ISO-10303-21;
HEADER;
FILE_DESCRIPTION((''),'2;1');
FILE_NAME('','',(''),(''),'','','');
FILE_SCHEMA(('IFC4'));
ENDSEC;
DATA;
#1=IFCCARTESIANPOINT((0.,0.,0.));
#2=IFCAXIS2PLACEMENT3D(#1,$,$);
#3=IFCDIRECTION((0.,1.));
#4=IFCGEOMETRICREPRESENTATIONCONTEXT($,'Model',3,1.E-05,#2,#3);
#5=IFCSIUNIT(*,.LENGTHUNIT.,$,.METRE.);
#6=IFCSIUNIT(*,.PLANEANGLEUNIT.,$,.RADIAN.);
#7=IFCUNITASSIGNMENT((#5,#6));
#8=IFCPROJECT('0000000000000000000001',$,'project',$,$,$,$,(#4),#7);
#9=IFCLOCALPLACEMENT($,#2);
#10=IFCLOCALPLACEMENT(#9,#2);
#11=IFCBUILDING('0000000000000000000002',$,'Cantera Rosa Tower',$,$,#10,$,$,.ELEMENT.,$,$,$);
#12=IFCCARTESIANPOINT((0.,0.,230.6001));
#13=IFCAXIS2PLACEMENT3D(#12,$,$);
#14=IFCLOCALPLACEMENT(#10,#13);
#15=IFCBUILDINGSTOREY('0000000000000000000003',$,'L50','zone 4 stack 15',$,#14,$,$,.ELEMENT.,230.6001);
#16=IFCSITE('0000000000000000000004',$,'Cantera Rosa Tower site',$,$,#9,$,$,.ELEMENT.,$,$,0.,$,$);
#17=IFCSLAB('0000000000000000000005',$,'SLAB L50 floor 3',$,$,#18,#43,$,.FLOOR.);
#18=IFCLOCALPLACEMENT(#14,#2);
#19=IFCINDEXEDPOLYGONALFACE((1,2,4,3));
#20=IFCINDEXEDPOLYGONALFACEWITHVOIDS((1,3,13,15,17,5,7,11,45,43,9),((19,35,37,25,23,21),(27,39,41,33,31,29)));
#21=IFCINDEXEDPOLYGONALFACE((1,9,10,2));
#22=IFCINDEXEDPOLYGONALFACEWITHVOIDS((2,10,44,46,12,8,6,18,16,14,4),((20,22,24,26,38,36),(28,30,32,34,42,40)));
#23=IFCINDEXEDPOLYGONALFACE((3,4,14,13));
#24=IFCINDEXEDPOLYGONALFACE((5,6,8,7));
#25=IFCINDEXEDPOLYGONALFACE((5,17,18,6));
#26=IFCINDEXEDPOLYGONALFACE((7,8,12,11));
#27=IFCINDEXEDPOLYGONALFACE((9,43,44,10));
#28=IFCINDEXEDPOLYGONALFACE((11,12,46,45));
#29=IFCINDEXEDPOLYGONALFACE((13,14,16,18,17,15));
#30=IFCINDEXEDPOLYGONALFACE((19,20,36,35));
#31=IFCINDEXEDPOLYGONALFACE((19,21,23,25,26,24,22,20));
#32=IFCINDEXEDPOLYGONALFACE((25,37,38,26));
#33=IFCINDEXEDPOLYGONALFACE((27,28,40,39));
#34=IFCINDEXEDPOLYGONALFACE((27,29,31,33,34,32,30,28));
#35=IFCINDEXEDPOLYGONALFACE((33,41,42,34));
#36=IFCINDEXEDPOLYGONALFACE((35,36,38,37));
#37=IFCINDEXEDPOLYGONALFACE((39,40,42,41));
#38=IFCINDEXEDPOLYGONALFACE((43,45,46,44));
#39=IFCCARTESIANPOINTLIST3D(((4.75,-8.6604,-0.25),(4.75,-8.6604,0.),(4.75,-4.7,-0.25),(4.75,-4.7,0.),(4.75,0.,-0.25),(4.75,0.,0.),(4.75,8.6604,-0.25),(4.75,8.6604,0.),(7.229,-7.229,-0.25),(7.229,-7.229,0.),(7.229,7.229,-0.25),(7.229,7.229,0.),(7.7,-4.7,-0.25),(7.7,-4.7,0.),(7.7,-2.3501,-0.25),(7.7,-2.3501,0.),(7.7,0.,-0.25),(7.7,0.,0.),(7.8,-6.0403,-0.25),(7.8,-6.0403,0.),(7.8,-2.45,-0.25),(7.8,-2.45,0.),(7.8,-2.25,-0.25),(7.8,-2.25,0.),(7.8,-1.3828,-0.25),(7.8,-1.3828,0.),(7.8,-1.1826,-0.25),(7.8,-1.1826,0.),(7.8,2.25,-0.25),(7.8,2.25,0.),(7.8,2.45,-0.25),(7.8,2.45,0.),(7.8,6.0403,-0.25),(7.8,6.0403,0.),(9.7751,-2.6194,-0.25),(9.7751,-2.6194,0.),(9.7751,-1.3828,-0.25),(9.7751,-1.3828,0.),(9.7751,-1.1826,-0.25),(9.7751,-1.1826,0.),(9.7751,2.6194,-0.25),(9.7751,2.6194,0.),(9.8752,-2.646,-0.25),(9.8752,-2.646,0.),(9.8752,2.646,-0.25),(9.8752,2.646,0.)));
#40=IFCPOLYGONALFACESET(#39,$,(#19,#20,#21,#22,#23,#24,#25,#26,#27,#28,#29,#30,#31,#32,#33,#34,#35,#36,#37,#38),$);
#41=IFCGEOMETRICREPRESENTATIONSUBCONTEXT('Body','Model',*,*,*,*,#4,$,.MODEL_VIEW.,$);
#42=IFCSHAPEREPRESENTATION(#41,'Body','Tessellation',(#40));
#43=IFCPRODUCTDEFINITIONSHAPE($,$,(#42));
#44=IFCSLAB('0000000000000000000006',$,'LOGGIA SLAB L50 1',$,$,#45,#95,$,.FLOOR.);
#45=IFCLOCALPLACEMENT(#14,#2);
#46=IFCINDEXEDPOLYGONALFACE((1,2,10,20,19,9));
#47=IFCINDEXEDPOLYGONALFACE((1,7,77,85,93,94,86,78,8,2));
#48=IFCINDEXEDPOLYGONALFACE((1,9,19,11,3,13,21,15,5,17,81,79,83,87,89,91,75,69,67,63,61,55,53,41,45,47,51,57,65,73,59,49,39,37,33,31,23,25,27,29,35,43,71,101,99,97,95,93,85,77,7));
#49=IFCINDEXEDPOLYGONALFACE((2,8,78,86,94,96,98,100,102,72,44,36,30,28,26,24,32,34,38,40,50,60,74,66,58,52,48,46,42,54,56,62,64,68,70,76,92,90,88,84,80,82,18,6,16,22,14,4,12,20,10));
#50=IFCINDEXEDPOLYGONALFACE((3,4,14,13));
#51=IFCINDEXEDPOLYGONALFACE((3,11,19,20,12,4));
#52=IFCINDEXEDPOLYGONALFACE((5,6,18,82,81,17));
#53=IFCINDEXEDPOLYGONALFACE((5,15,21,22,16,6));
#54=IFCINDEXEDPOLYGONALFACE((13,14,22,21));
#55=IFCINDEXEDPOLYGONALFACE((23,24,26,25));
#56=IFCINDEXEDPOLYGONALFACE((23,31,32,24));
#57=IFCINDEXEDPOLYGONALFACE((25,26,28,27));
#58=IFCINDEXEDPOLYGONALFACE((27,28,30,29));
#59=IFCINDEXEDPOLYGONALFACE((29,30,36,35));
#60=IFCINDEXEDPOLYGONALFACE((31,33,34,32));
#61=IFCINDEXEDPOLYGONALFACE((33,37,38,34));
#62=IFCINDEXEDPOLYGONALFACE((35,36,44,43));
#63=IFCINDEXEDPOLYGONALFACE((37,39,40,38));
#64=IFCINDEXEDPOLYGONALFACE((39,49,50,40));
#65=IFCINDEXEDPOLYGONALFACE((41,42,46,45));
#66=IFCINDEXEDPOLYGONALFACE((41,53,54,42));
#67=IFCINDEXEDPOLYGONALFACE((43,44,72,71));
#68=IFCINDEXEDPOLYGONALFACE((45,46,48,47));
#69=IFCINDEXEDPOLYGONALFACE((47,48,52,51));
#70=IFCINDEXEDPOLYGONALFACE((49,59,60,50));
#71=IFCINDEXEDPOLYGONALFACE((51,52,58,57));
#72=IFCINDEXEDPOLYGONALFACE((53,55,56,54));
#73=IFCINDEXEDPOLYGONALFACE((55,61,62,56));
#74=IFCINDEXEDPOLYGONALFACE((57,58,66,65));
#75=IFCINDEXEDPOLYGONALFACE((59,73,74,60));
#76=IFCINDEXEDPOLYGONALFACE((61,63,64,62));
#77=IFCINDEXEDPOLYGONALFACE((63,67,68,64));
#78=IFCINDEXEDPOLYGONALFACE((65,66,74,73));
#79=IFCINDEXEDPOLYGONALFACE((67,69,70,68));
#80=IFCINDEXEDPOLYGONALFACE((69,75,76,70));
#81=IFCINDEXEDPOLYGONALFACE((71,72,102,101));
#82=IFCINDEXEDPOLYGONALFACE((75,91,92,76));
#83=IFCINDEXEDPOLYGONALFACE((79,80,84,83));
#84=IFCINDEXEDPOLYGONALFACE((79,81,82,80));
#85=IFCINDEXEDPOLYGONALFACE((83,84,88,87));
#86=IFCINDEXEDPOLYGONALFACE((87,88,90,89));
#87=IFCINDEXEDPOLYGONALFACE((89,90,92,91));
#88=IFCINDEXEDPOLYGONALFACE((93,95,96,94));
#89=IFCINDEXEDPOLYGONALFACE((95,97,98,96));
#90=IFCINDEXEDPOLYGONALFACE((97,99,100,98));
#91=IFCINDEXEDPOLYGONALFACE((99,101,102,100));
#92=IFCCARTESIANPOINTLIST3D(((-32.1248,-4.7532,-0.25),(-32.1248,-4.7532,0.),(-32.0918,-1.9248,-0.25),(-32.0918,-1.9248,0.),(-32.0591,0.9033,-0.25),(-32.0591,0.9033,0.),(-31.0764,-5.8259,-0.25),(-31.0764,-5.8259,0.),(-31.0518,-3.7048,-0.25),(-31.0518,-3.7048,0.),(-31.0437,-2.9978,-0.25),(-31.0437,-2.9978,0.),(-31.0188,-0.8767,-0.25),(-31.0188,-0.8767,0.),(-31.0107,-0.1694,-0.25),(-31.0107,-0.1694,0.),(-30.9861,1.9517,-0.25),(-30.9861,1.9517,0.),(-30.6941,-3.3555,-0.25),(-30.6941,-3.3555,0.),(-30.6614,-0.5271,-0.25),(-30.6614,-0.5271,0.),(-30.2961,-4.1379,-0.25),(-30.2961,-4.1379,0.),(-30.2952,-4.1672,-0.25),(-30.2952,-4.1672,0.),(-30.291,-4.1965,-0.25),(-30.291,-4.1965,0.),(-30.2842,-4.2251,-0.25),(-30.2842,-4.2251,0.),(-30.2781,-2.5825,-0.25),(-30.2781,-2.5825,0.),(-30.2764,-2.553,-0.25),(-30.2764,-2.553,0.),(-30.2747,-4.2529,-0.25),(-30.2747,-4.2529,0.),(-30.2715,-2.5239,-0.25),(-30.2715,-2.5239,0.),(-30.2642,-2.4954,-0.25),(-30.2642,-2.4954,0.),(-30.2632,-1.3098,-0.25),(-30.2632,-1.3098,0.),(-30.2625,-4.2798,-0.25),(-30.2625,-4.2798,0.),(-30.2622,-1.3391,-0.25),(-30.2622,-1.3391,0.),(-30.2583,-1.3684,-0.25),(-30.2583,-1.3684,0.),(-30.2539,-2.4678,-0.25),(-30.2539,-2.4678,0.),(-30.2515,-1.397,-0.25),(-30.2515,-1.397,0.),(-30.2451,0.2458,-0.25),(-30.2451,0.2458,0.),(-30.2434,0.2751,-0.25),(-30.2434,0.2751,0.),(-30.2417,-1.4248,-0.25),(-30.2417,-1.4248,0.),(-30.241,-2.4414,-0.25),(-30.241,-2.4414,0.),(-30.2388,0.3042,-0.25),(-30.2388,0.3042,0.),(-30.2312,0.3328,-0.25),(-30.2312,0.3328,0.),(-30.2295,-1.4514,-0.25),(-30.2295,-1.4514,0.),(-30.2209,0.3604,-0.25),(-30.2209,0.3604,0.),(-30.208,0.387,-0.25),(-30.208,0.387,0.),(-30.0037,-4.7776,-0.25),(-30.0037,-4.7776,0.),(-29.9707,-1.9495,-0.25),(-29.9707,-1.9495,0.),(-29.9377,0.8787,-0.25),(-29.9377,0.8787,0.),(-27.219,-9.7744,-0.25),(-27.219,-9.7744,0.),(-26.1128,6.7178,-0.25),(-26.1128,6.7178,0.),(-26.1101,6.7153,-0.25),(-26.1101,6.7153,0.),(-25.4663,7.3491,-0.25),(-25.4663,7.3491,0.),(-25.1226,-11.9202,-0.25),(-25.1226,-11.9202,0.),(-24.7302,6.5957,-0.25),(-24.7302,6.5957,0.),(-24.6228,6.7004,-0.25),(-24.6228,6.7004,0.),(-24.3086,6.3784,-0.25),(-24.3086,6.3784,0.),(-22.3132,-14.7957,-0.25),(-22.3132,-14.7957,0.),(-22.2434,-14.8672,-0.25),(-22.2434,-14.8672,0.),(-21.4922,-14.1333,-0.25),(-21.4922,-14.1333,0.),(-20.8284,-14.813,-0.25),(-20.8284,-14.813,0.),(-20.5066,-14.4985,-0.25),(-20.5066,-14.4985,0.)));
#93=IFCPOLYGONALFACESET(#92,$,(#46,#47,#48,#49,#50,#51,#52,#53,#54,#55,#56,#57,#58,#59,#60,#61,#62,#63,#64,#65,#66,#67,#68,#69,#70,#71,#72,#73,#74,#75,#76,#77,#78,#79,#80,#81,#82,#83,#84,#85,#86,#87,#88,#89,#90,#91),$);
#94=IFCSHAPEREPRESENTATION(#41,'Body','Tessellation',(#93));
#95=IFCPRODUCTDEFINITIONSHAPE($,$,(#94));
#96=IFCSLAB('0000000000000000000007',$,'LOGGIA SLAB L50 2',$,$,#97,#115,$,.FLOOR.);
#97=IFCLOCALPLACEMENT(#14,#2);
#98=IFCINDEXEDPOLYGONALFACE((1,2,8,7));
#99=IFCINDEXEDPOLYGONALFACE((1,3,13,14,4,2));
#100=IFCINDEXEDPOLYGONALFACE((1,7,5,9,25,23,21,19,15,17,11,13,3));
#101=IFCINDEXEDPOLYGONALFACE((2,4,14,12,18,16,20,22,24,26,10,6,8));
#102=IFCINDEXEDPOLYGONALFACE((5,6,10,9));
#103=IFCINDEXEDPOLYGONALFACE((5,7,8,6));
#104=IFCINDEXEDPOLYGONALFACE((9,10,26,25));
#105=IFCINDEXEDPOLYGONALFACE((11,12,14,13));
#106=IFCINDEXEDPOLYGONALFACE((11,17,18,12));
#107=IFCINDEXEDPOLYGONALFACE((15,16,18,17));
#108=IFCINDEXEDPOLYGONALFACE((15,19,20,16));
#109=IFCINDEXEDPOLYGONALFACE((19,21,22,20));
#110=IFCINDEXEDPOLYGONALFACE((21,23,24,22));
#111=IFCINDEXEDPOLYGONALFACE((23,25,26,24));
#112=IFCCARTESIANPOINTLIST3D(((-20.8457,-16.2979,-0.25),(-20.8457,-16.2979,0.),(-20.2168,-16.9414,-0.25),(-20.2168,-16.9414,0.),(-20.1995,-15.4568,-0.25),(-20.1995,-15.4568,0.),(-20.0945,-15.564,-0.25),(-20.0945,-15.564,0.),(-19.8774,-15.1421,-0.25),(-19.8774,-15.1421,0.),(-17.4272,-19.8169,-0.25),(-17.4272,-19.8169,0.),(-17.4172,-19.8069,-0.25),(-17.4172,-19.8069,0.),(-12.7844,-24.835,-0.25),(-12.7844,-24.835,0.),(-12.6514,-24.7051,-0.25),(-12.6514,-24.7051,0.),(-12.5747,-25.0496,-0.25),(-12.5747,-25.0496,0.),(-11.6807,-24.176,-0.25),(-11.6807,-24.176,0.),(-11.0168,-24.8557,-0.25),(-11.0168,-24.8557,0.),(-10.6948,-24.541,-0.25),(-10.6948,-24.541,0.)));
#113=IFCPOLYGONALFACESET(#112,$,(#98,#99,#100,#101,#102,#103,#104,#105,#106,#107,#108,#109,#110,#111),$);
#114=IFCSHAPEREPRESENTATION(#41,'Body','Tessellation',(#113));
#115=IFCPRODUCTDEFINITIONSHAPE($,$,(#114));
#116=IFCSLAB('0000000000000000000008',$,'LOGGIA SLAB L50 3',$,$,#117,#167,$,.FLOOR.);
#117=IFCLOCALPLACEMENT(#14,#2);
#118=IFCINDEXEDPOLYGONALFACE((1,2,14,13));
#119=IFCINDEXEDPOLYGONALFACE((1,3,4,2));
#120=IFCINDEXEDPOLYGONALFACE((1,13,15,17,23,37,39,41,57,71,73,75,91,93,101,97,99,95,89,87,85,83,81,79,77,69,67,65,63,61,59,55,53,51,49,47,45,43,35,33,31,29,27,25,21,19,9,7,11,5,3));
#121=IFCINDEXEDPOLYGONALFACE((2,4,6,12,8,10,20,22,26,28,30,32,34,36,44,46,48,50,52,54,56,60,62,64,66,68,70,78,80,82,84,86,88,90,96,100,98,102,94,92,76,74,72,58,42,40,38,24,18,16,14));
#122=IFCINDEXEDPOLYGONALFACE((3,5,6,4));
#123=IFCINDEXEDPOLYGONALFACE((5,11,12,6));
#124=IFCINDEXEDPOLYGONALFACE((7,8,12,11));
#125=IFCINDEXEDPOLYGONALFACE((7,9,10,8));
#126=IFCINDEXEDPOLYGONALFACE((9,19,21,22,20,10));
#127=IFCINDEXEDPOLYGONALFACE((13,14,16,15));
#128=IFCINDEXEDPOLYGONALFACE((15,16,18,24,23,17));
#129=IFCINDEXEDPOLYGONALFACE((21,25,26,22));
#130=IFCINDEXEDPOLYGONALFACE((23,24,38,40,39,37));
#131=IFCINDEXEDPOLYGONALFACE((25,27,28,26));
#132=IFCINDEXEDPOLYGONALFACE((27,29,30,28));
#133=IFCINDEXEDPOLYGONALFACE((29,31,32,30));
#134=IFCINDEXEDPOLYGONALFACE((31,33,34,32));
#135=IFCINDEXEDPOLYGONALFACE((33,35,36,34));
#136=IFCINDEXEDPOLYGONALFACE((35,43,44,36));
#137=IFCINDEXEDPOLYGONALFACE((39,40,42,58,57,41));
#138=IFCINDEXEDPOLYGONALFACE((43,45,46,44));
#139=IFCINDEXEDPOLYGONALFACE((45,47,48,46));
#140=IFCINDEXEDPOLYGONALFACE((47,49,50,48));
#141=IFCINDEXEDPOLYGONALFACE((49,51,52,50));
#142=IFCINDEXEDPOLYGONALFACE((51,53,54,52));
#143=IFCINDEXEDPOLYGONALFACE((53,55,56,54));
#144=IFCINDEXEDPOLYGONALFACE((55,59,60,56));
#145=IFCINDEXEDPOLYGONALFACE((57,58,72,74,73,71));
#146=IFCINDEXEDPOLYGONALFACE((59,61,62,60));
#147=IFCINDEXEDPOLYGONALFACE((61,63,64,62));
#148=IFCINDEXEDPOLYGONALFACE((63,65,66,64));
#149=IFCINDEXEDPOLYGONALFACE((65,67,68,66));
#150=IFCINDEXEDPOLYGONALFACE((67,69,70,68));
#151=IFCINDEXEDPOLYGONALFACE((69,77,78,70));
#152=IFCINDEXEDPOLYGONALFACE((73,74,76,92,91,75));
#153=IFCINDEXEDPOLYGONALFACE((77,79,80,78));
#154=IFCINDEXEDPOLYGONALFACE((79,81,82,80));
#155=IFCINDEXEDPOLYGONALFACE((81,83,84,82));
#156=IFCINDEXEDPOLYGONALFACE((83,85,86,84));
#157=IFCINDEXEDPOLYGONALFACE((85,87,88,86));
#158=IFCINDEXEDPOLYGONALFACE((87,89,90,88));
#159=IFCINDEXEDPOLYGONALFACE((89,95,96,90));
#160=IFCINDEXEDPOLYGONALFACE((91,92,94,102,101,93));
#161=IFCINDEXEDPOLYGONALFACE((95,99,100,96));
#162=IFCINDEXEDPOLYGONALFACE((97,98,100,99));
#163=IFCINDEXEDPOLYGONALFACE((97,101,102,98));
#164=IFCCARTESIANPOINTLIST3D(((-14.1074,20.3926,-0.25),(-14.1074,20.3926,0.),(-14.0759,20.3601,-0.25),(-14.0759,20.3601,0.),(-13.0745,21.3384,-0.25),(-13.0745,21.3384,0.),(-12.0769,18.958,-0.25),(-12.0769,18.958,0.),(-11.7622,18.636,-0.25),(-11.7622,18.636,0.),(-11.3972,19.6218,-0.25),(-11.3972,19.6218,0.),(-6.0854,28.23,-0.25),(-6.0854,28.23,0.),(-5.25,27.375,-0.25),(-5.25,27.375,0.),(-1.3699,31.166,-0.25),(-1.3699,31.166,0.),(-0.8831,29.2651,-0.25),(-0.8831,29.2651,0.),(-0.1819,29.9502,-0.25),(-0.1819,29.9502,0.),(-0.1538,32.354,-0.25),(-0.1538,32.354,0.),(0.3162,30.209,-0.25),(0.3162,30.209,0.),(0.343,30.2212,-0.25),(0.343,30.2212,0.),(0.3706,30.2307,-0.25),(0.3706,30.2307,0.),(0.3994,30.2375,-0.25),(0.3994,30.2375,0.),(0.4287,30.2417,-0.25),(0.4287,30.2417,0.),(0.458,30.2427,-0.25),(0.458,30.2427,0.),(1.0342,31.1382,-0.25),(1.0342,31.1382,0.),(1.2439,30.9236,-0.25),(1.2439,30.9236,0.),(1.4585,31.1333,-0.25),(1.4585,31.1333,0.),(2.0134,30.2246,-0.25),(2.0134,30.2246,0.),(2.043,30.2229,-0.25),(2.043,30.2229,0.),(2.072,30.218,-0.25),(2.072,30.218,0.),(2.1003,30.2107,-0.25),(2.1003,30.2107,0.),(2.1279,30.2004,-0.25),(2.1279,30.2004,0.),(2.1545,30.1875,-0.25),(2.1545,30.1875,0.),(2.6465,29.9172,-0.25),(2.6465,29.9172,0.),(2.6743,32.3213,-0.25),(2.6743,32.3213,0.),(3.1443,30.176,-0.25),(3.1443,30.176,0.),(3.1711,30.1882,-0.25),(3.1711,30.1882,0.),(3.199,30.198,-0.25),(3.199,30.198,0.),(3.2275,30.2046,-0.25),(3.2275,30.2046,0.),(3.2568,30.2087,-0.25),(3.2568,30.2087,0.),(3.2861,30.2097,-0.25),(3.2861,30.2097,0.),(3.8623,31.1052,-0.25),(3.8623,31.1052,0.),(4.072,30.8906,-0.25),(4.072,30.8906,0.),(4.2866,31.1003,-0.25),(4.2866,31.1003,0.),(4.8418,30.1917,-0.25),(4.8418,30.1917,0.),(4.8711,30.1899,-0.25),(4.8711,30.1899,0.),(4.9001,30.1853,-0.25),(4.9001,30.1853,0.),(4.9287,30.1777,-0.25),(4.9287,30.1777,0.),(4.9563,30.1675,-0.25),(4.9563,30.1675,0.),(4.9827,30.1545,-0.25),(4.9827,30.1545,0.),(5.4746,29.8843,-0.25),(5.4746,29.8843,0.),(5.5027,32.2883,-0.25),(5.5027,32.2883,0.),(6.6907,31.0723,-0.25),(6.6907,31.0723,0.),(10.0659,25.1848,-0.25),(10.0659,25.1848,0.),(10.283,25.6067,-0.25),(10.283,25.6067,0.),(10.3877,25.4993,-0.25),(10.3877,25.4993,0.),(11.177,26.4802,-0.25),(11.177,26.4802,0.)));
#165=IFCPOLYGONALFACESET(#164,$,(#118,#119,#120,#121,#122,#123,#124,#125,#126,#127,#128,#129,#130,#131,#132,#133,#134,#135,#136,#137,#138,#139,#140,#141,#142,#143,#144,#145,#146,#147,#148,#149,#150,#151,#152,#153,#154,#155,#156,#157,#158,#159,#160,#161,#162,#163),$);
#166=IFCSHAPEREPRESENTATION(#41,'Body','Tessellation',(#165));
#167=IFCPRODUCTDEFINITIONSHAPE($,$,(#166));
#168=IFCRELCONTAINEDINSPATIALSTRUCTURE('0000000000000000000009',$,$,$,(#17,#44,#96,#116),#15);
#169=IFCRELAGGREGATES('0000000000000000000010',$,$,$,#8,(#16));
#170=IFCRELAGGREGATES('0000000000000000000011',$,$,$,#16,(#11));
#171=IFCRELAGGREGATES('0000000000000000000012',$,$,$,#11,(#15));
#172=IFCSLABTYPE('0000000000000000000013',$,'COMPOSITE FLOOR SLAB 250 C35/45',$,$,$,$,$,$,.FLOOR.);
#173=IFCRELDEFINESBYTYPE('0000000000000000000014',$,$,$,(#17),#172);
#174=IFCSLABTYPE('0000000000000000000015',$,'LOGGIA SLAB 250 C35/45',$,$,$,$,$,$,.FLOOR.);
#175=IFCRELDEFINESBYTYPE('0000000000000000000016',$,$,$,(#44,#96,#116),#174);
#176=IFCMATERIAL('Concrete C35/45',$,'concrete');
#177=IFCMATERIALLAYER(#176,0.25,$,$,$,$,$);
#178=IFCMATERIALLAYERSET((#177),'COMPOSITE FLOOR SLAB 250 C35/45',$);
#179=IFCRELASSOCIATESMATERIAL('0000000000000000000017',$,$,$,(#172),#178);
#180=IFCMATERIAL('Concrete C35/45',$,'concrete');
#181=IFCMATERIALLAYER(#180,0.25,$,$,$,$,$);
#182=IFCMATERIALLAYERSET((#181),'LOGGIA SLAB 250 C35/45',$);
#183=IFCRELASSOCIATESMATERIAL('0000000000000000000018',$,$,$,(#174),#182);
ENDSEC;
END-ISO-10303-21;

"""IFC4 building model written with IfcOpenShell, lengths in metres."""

from ifc_helpers import new_model, si_unit, direction, frame, origin, place, context, subcontext, project, spatial, polyline, outline, extrude, material, layer, layer_set, type_object, element, save


model = new_model("IFC4")

# Units and contexts
model_context = context("Model", 3, precision=1e-05, world=origin(), true_north=direction((0.0, 1.0)))
body_context = subcontext(model_context, "Body", "Model", "MODEL_VIEW")
ifc_project = project(units=[si_unit("LENGTHUNIT", "METRE"), si_unit("PLANEANGLEUNIT", "RADIAN")], contexts=[model_context])

# Site, building, storey
site_placement = place(None, origin())
site = spatial("IfcSite", under=ifc_project, at=site_placement, Name="Cantera Rosa Tower site", CompositionType="ELEMENT", RefElevation=0.0)
building_placement = place(site_placement, origin())
building = spatial("IfcBuilding", under=site, at=building_placement, Name="Cantera Rosa Tower", CompositionType="ELEMENT")
storey_placement = place(building_placement, frame((0.0, 0.0, 230.6001)))
storey = spatial("IfcBuildingStorey", under=building, at=storey_placement, Name="L50", Description="zone 4 stack 15", CompositionType="ELEMENT", Elevation=230.6001)

# Slabs
ifc_material_1 = material(Name="Concrete C35/45", Category="concrete")
ifc_layer_1 = layer(ifc_material_1, 0.25)
ifc_layer_set_1 = layer_set([ifc_layer_1], Name="COMPOSITE FLOOR SLAB 250 C35/45")
slab_type_1 = type_object("IfcSlabType", Name="COMPOSITE FLOOR SLAB 250 C35/45", PredefinedType="FLOOR", material=ifc_layer_set_1)
slab_1_placement = place(storey_placement, frame((0.0, 0.0, -0.25)))
element("IfcSlab", 1, at=slab_1_placement, inside=storey, type_object=slab_type_1, Name="SLAB L50 floor 3", PredefinedType="FLOOR", context=body_context, shape_type="SweptSolid", body=[
    extrude(outline(polyline([(7.7, 0.0), (4.75, 0.0), (4.75, 8.6604), (7.229, 7.229), (9.8752, 2.646), (9.8752, -2.646), (7.229, -7.229), (4.75, -8.6604), (4.75, -4.7), (7.7, -4.7), (7.7, -2.3501), (7.7, 0.0)]), holes=[polyline([(9.7751, -1.3828), (7.8, -1.3828), (7.8, -2.25), (7.8, -2.45), (7.8, -6.0403), (9.7751, -2.6194), (9.7751, -1.3828)]), polyline([(9.7751, 2.6194), (7.8, 6.0403), (7.8, 2.45), (7.8, 2.25), (7.8, -1.1826), (9.7751, -1.1826), (9.7751, 2.6194)])]), origin(), (0.0, 0.0, 1.0), 0.25),
])
ifc_material_2 = material(Name="Concrete C35/45", Category="concrete")
ifc_layer_2 = layer(ifc_material_2, 0.25)
ifc_layer_set_2 = layer_set([ifc_layer_2], Name="LOGGIA SLAB 250 C35/45")
slab_type_2 = type_object("IfcSlabType", Name="LOGGIA SLAB 250 C35/45", PredefinedType="FLOOR", material=ifc_layer_set_2)
slab_2_placement = place(storey_placement, frame((0.0, 0.0, -0.25)))
element("IfcSlab", 2, at=slab_2_placement, inside=storey, type_object=slab_type_2, Name="LOGGIA SLAB L50 1", PredefinedType="FLOOR", context=body_context, shape_type="SweptSolid", body=[
    extrude(outline(polyline([(-27.219, -9.7744), (-31.0764, -5.8259), (-32.1248, -4.7532), (-31.0518, -3.7048), (-30.6941, -3.3555), (-31.0437, -2.9978), (-32.0918, -1.9248), (-31.0188, -0.8767), (-30.6614, -0.5271), (-31.0107, -0.1694), (-32.0591, 0.9033), (-30.9861, 1.9517), (-26.1101, 6.7153), (-26.1128, 6.7178), (-25.4663, 7.3491), (-24.7302, 6.5957), (-24.6228, 6.7004), (-24.3086, 6.3784), (-29.9377, 0.8787), (-30.208, 0.387), (-30.2209, 0.3604), (-30.2312, 0.3328), (-30.2388, 0.3042), (-30.2434, 0.2751), (-30.2451, 0.2458), (-30.2632, -1.3098), (-30.2622, -1.3391), (-30.2583, -1.3684), (-30.2515, -1.397), (-30.2417, -1.4248), (-30.2295, -1.4514), (-29.9707, -1.9495), (-30.241, -2.4414), (-30.2539, -2.4678), (-30.2642, -2.4954), (-30.2715, -2.5239), (-30.2764, -2.553), (-30.2781, -2.5825), (-30.2961, -4.1379), (-30.2952, -4.1672), (-30.291, -4.1965), (-30.2842, -4.2251), (-30.2747, -4.2529), (-30.2625, -4.2798), (-30.0037, -4.7776), (-20.5066, -14.4985), (-20.8284, -14.813), (-21.4922, -14.1333), (-22.2434, -14.8672), (-22.3132, -14.7957), (-25.1226, -11.9202), (-27.219, -9.7744)])), origin(), (0.0, 0.0, 1.0), 0.25),
])
slab_3_placement = place(storey_placement, frame((0.0, 0.0, -0.25)))
element("IfcSlab", 3, at=slab_3_placement, inside=storey, type_object=slab_type_2, Name="LOGGIA SLAB L50 2", PredefinedType="FLOOR", context=body_context, shape_type="SweptSolid", body=[
    extrude(outline(polyline([(-17.4272, -19.8169), (-17.4172, -19.8069), (-20.2168, -16.9414), (-20.8457, -16.2979), (-20.0945, -15.564), (-20.1995, -15.4568), (-19.8774, -15.1421), (-10.6948, -24.541), (-11.0168, -24.8557), (-11.6807, -24.176), (-12.5747, -25.0496), (-12.7844, -24.835), (-12.6514, -24.7051), (-17.4272, -19.8169)])), origin(), (0.0, 0.0, 1.0), 0.25),
])
slab_4_placement = place(storey_placement, frame((0.0, 0.0, -0.25)))
element("IfcSlab", 4, at=slab_4_placement, inside=storey, type_object=slab_type_2, Name="LOGGIA SLAB L50 3", PredefinedType="FLOOR", context=body_context, shape_type="SweptSolid", body=[
    extrude(outline(polyline([(-5.25, 27.375), (-1.3699, 31.166), (-0.1538, 32.354), (1.0342, 31.1382), (1.2439, 30.9236), (1.4585, 31.1333), (2.6743, 32.3213), (3.8623, 31.1052), (4.072, 30.8906), (4.2866, 31.1003), (5.5027, 32.2883), (6.6907, 31.0723), (11.177, 26.4802), (10.283, 25.6067), (10.3877, 25.4993), (10.0659, 25.1848), (5.4746, 29.8843), (4.9827, 30.1545), (4.9563, 30.1675), (4.9287, 30.1777), (4.9001, 30.1853), (4.8711, 30.1899), (4.8418, 30.1917), (3.2861, 30.2097), (3.2568, 30.2087), (3.2275, 30.2046), (3.199, 30.198), (3.1711, 30.1882), (3.1443, 30.176), (2.6465, 29.9172), (2.1545, 30.1875), (2.1279, 30.2004), (2.1003, 30.2107), (2.072, 30.218), (2.043, 30.2229), (2.0134, 30.2246), (0.458, 30.2427), (0.4287, 30.2417), (0.3994, 30.2375), (0.3706, 30.2307), (0.343, 30.2212), (0.3162, 30.209), (-0.1819, 29.9502), (-0.8831, 29.2651), (-11.7622, 18.636), (-12.0769, 18.958), (-11.3972, 19.6218), (-13.0745, 21.3384), (-14.0759, 20.3601), (-14.1074, 20.3926), (-6.0854, 28.23), (-5.25, 27.375)])), origin(), (0.0, 0.0, 1.0), 0.25),
])

save(model, "model.ifc")
